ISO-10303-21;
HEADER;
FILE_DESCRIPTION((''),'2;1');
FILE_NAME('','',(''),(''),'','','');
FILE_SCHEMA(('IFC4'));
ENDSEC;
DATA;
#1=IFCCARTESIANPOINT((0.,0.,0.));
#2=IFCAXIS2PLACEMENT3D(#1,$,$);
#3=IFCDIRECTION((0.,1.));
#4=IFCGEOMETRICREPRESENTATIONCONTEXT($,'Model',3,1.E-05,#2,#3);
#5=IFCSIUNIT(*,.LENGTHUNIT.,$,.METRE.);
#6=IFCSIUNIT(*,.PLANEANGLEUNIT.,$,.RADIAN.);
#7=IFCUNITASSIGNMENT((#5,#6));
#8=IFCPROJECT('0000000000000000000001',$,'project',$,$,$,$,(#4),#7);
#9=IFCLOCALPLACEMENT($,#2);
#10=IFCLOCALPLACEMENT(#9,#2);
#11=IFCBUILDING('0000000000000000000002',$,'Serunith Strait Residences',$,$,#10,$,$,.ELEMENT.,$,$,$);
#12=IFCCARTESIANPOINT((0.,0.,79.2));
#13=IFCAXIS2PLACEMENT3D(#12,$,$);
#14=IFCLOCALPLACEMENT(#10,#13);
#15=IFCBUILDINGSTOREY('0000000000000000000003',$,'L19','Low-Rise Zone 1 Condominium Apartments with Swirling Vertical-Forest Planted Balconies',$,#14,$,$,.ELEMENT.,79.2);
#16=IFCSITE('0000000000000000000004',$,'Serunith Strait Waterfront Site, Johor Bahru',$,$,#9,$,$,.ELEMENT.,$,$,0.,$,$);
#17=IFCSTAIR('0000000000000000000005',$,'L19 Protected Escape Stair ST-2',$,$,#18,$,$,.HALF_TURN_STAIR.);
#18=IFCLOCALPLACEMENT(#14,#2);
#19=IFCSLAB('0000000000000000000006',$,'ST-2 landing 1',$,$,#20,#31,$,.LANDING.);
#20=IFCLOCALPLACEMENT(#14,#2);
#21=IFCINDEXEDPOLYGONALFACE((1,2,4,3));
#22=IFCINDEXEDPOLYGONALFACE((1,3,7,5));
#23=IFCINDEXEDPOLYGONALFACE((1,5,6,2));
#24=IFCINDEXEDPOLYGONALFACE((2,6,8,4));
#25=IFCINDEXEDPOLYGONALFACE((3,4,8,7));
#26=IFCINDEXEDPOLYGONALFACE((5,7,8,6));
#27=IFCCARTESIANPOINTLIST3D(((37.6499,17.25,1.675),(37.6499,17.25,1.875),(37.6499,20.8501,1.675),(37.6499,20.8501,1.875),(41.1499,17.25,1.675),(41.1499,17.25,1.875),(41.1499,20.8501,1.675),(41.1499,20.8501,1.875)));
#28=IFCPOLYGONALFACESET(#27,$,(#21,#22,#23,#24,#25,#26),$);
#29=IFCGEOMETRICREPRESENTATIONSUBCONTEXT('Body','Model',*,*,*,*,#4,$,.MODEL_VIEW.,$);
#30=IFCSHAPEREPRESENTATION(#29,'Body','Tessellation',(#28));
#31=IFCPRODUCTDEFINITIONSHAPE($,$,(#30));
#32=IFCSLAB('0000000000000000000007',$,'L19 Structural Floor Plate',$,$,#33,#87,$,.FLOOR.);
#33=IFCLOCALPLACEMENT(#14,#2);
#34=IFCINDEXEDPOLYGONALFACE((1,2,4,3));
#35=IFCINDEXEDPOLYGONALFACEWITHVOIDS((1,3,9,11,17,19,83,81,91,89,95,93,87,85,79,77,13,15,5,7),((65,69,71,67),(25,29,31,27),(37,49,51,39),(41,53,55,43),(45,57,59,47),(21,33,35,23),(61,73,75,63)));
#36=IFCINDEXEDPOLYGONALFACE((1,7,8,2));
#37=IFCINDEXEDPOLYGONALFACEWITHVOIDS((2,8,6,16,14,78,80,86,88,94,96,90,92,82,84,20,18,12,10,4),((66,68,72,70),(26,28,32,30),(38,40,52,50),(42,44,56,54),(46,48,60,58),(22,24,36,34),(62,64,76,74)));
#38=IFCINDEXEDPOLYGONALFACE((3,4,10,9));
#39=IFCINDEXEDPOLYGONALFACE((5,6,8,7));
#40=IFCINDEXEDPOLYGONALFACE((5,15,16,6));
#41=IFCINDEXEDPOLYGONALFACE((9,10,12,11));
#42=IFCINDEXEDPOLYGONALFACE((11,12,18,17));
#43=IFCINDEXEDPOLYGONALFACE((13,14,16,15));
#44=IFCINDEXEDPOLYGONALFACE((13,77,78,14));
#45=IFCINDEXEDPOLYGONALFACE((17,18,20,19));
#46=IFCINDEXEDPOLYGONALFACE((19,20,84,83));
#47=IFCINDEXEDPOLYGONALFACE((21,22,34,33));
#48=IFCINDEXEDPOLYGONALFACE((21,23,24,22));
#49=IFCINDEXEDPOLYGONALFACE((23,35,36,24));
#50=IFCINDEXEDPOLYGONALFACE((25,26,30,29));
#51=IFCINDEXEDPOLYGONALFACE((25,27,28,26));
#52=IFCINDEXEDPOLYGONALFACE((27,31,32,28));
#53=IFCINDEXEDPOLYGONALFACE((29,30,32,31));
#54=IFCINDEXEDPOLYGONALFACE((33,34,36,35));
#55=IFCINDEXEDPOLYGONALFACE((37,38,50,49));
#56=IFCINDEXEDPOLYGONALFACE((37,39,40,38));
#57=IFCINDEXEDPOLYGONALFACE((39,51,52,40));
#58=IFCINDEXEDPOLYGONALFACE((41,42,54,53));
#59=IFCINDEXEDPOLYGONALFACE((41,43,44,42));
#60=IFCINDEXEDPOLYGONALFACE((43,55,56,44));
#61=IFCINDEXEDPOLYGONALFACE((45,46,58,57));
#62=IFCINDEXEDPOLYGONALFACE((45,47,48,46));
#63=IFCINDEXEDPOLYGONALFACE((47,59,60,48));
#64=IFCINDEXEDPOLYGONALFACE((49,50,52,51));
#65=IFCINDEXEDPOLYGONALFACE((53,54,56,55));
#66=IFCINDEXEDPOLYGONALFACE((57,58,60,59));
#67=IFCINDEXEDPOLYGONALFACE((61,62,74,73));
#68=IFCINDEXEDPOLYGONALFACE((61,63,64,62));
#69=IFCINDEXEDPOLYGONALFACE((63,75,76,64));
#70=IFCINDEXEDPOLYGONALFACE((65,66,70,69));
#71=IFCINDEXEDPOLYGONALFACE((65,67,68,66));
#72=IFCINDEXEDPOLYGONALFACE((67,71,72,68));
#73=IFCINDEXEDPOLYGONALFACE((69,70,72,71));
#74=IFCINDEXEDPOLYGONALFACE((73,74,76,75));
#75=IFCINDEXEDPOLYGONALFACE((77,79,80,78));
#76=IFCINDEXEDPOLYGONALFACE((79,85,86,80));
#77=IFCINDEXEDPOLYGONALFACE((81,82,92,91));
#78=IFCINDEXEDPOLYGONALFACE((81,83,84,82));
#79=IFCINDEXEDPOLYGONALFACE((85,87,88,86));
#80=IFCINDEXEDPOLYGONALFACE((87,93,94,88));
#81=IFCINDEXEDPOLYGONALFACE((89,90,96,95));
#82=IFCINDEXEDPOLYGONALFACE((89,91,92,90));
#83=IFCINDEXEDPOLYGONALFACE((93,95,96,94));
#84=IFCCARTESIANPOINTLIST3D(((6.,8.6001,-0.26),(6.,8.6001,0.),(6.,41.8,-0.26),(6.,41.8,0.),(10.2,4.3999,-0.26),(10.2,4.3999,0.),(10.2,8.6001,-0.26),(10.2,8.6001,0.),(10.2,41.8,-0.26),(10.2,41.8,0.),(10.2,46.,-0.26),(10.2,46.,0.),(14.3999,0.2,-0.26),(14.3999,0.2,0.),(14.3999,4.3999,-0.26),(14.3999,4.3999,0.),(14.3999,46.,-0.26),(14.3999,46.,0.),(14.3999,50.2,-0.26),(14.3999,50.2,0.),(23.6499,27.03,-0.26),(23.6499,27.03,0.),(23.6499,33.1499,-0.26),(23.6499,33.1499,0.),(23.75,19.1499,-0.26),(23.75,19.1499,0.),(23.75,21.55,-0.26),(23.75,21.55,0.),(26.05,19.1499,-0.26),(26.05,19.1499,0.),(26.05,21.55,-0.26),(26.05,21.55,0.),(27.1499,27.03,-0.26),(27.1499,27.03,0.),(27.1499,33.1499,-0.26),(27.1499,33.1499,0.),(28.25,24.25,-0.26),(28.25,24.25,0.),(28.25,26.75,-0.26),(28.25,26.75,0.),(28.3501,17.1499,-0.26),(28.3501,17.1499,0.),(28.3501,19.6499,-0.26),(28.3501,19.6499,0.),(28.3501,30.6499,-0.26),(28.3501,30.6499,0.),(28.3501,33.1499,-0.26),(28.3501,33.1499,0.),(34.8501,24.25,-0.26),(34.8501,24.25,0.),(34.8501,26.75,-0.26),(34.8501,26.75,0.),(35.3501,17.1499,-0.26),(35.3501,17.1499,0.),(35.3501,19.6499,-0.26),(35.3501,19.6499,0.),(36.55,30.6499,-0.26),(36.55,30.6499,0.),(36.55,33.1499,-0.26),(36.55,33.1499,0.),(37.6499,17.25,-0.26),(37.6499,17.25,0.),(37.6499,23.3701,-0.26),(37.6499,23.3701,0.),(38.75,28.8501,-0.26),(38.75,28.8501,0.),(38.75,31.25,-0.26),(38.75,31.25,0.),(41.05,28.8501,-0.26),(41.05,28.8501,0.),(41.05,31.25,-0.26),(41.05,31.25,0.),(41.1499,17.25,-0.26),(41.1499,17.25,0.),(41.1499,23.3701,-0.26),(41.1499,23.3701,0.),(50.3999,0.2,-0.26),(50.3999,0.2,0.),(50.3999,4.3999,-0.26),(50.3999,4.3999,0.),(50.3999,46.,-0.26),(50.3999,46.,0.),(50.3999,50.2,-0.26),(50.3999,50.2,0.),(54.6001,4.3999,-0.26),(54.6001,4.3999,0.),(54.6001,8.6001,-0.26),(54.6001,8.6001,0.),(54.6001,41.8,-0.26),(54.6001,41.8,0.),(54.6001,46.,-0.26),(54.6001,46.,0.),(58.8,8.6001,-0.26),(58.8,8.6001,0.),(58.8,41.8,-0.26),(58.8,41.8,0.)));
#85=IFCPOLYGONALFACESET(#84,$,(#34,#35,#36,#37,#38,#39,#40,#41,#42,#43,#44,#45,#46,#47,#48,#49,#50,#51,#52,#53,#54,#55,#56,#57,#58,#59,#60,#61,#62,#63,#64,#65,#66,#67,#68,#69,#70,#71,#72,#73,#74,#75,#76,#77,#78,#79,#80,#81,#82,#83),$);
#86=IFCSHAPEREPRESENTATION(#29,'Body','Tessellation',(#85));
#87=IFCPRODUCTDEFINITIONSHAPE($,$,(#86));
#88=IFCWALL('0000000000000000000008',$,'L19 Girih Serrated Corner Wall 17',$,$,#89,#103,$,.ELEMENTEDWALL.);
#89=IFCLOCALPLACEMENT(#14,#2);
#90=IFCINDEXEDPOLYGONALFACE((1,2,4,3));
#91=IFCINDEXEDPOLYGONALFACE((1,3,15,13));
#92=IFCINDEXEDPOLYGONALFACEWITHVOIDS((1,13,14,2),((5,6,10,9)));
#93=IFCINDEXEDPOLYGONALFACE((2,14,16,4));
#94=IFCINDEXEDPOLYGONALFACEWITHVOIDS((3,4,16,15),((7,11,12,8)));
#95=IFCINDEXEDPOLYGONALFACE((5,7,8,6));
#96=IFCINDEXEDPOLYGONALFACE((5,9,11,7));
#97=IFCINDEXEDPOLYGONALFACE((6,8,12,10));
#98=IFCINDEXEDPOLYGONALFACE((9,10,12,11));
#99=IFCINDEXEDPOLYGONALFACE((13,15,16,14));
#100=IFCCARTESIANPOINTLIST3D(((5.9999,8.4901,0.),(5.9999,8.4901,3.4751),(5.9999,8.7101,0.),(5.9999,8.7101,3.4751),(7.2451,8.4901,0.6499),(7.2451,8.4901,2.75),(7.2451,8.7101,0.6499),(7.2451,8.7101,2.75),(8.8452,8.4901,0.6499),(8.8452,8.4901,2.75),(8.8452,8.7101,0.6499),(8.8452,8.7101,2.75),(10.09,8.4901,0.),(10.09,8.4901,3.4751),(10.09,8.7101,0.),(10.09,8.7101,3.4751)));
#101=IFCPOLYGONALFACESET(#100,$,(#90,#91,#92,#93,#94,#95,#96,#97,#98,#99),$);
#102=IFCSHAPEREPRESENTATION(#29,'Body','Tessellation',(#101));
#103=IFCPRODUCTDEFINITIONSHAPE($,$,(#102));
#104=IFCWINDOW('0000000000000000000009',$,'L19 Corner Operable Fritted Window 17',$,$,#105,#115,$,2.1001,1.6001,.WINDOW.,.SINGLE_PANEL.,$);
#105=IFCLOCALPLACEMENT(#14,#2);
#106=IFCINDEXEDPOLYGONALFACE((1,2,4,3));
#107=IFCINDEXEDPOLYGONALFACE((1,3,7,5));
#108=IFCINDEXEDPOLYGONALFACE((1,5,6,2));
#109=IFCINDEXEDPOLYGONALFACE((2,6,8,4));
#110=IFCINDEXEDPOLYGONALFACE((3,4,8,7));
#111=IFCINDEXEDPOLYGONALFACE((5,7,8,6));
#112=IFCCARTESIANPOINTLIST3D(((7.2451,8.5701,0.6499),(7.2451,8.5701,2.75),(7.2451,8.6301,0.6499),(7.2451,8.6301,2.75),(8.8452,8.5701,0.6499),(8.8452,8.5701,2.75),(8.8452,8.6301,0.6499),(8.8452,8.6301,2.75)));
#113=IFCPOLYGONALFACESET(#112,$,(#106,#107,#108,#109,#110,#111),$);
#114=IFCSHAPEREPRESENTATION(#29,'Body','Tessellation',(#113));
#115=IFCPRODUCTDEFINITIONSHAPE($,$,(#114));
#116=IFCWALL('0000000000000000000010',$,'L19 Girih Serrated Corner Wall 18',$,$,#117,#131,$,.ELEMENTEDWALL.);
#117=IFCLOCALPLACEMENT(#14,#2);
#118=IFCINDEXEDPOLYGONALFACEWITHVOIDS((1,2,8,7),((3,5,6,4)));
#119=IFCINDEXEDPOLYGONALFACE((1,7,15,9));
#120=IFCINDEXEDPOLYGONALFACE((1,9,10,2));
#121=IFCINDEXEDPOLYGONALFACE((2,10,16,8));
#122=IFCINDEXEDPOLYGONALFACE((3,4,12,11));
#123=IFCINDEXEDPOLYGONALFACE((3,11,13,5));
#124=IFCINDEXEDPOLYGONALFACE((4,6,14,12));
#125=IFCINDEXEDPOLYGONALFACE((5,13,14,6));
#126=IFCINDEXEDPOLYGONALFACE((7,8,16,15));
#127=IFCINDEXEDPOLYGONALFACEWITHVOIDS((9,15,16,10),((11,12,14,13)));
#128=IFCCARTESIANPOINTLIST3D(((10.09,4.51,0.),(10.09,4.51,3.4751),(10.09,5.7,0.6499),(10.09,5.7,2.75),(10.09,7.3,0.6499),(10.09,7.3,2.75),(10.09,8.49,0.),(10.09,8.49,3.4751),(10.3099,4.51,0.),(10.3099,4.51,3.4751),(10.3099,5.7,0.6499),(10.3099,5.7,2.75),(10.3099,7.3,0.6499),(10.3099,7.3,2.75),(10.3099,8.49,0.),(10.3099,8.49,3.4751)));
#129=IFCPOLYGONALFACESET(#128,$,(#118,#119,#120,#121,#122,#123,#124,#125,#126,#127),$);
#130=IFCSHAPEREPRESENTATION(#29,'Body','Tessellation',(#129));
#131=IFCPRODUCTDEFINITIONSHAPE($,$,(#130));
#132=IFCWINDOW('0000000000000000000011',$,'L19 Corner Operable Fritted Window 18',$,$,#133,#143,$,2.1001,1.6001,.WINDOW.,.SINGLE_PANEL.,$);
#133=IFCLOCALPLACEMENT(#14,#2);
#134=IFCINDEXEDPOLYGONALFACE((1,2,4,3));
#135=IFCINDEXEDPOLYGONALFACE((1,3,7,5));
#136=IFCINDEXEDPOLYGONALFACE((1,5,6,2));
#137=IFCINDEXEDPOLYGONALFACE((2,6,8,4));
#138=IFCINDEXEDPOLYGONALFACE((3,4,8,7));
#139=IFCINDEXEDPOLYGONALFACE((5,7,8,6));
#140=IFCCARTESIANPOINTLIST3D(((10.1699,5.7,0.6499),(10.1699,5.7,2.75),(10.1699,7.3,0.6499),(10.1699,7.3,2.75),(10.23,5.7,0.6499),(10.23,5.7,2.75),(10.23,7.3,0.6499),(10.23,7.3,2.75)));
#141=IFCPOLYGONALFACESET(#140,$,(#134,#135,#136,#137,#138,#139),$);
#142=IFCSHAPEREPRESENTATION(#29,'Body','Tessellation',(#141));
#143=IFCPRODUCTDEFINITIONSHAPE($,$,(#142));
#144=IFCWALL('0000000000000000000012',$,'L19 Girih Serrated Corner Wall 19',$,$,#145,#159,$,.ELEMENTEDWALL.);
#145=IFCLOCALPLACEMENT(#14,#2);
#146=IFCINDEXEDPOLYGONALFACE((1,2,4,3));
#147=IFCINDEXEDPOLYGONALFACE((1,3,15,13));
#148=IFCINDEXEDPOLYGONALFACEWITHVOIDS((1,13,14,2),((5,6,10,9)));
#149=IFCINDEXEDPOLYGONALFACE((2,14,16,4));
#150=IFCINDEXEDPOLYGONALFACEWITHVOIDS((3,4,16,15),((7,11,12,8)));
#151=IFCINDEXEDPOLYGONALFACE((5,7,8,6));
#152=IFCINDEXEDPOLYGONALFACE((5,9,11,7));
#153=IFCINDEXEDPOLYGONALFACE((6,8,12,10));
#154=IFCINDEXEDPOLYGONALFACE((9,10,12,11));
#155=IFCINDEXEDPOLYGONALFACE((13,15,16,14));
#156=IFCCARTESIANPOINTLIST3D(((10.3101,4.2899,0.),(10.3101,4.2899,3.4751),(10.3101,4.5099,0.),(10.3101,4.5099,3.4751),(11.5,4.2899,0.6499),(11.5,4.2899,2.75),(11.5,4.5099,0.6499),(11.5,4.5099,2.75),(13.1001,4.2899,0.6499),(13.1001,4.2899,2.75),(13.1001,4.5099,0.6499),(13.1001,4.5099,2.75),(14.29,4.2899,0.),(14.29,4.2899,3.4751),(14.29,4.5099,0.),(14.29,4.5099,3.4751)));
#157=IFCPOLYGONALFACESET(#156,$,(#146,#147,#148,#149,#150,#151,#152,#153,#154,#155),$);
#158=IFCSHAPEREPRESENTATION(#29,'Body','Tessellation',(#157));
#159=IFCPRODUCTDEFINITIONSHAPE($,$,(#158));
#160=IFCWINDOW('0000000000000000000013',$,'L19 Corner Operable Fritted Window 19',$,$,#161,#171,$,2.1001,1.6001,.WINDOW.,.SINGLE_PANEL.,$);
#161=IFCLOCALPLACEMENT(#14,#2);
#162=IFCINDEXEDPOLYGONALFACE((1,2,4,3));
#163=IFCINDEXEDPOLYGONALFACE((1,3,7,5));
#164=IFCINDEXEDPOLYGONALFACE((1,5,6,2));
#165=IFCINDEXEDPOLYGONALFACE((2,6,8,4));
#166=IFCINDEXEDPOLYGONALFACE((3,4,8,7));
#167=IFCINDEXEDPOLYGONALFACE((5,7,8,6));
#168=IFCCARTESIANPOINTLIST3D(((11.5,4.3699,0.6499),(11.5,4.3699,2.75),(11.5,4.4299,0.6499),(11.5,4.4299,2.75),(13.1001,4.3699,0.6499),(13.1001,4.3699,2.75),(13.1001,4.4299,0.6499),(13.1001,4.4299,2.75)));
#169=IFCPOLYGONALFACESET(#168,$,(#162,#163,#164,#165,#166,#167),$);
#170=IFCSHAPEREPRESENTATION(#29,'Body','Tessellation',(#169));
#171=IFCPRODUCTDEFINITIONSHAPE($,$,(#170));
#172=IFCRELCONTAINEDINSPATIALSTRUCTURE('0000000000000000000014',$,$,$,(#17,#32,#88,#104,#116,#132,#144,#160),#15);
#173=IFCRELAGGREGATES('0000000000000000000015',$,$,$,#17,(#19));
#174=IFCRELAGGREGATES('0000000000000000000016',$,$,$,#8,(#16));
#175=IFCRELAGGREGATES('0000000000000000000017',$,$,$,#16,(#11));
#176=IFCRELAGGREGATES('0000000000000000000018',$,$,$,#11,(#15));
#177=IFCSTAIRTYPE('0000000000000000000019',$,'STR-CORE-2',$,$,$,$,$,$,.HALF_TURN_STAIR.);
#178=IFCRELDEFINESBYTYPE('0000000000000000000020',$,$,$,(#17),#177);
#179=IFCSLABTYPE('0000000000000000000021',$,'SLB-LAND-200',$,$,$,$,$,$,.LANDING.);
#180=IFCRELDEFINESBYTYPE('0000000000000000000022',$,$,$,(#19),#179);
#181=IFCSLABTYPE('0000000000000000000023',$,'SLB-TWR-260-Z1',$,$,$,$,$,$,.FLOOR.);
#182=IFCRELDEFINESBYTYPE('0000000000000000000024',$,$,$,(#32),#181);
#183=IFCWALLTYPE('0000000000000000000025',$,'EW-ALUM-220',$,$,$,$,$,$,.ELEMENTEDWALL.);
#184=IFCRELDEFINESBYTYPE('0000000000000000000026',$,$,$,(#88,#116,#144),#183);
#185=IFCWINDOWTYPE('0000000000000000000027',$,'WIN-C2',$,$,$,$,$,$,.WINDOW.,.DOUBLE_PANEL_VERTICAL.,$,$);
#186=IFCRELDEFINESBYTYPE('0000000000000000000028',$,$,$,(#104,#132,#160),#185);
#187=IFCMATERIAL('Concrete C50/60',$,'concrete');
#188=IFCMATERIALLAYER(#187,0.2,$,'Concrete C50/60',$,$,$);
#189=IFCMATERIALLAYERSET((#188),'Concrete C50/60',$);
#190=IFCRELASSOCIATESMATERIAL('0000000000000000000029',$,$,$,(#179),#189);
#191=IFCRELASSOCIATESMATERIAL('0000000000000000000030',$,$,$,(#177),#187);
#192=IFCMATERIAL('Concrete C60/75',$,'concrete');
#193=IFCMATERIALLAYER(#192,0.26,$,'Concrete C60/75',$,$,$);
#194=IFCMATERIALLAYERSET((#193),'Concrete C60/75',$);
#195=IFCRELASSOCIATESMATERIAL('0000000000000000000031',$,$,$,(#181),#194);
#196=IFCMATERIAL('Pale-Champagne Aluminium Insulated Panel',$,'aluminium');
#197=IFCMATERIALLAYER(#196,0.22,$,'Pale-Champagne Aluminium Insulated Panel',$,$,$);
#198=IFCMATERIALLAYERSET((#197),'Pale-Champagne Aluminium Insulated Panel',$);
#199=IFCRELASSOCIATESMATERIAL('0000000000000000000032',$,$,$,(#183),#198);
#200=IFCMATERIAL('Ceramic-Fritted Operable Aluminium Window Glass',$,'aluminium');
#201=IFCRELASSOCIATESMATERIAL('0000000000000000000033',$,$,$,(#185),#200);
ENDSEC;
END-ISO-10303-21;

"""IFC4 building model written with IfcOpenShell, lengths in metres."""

from ifc_helpers import new_model, si_unit, direction, frame, frame_2d, origin, place, context, subcontext, project, spatial, polyline, rectangle, outline, extrude, source, transform, mapped, material, layer, layer_set, type_object, element, fill, aggregate, save


model = new_model("IFC4")

# Units and contexts
model_context = context("Model", 3, precision=1e-05, world=origin(), true_north=direction((0.0, 1.0)))
body_context = subcontext(model_context, "Body", "Model", "MODEL_VIEW")
ifc_project = project(units=[si_unit("LENGTHUNIT", "METRE"), si_unit("PLANEANGLEUNIT", "RADIAN")], contexts=[model_context])

# Site, building, storey
site_placement = place(None, origin())
site = spatial("IfcSite", under=ifc_project, at=site_placement, Name="Serunith Strait Waterfront Site, Johor Bahru", CompositionType="ELEMENT", RefElevation=0.0)
building_placement = place(site_placement, origin())
building = spatial("IfcBuilding", under=site, at=building_placement, Name="Serunith Strait Residences", CompositionType="ELEMENT")
storey_placement = place(building_placement, frame((0.0, 0.0, 79.2)))
storey = spatial("IfcBuildingStorey", under=building, at=storey_placement, Name="L19", Description="Low-Rise Zone 1 Condominium Apartments with Swirling Vertical-Forest Planted Balconies", CompositionType="ELEMENT", Elevation=79.2)

# Shared definitions
ifc_material_1 = material(Name="Concrete C50/60", Category="concrete")

# Stair, slab
ifc_layer_1 = layer(ifc_material_1, 0.2, Name="Concrete C50/60")
ifc_layer_set_1 = layer_set([ifc_layer_1], Name="Concrete C50/60")
slab_type_1 = type_object("IfcSlabType", Name="SLB-LAND-200", PredefinedType="LANDING", material=ifc_layer_set_1)
stair_type_1 = type_object("IfcStairType", Name="STR-CORE-2", PredefinedType="HALF_TURN_STAIR", material=ifc_material_1)
stair_1_placement = place(storey_placement, origin())
stair_1 = element("IfcStair", 1, at=stair_1_placement, inside=storey, type_object=stair_type_1, Name="L19 Protected Escape Stair ST-2", PredefinedType="HALF_TURN_STAIR")
slab_1_placement = place(storey_placement, frame((0.0, 0.0, 1.675)))
slab_1 = element("IfcSlab", 2, at=slab_1_placement, type_object=slab_type_1, Name="ST-2 landing 1", PredefinedType="LANDING", context=body_context, shape_type="SweptSolid", body=[
    extrude(outline(polyline([(37.6499, 20.8501), (37.6499, 17.25), (41.1499, 17.25), (41.1499, 20.8501), (37.6499, 20.8501)])), origin(), (0.0, 0.0, 1.0), 0.2),
])
aggregate(stair_1, [slab_1])

# Slab
ifc_material_2 = material(Name="Concrete C60/75", Category="concrete")
ifc_layer_2 = layer(ifc_material_2, 0.26, Name="Concrete C60/75")
ifc_layer_set_2 = layer_set([ifc_layer_2], Name="Concrete C60/75")
slab_type_2 = type_object("IfcSlabType", Name="SLB-TWR-260-Z1", PredefinedType="FLOOR", material=ifc_layer_set_2)
slab_2_placement = place(storey_placement, frame((0.0, 0.0, -0.26)))
element("IfcSlab", 3, at=slab_2_placement, inside=storey, type_object=slab_type_2, Name="L19 Structural Floor Plate", PredefinedType="FLOOR", context=body_context, shape_type="SweptSolid", body=[
    extrude(outline(polyline([(14.3999, 4.3999), (10.2, 4.3999), (10.2, 8.6001), (6.0, 8.6001), (6.0, 41.8), (10.2, 41.8), (10.2, 46.0), (14.3999, 46.0), (14.3999, 50.2), (50.3999, 50.2), (50.3999, 46.0), (54.6001, 46.0), (54.6001, 41.8), (58.8, 41.8), (58.8, 8.6001), (54.6001, 8.6001), (54.6001, 4.3999), (50.3999, 4.3999), (50.3999, 0.2), (14.3999, 0.2), (14.3999, 4.3999)]), holes=[polyline([(41.1499, 17.25), (41.1499, 23.3701), (37.6499, 23.3701), (37.6499, 17.25), (41.1499, 17.25)]), polyline([(41.05, 31.25), (38.75, 31.25), (38.75, 28.8501), (41.05, 28.8501), (41.05, 31.25)]), polyline([(36.55, 33.1499), (28.3501, 33.1499), (28.3501, 30.6499), (36.55, 30.6499), (36.55, 33.1499)]), polyline([(28.3501, 19.6499), (28.3501, 17.1499), (35.3501, 17.1499), (35.3501, 19.6499), (28.3501, 19.6499)]), polyline([(34.8501, 26.75), (28.25, 26.75), (28.25, 24.25), (34.8501, 24.25), (34.8501, 26.75)]), polyline([(23.6499, 33.1499), (23.6499, 27.03), (27.1499, 27.03), (27.1499, 33.1499), (23.6499, 33.1499)]), polyline([(26.05, 21.55), (23.75, 21.55), (23.75, 19.1499), (26.05, 19.1499), (26.05, 21.55)])]), origin(), (0.0, 0.0, 1.0), 0.26),
])

# Walls, openings, windows
ifc_material_3 = material(Name="Pale-Champagne Aluminium Insulated Panel", Category="aluminium")
ifc_layer_3 = layer(ifc_material_3, 0.22, Name="Pale-Champagne Aluminium Insulated Panel")
ifc_layer_set_3 = layer_set([ifc_layer_3], Name="Pale-Champagne Aluminium Insulated Panel")
wall_type_1 = type_object("IfcWallType", Name="EW-ALUM-220", PredefinedType="ELEMENTEDWALL", material=ifc_layer_set_3)
wall_1_placement = place(storey_placement, frame((6.0, 8.6001, 0.0), z_axis=(0.0, 0.0, 1.0), x_axis=(1.0, 0.0, 0.0)))
wall_1 = element("IfcWall", 4, at=wall_1_placement, inside=storey, type_object=wall_type_1, Name="L19 Girih Serrated Corner Wall 17", PredefinedType="ELEMENTEDWALL", context=body_context, shape_type="SweptSolid", body=[
    extrude(rectangle(XDim=4.0901, YDim=0.22, at=frame_2d((2.0449, 0.0))), origin(), (0.0, 0.0, 1.0), 3.4751),
])
opening_1_placement = place(wall_1_placement, frame((1.2451, 0.0, 0.6499)))
opening_1 = element("IfcOpeningElement", 5, at=opening_1_placement, cuts=wall_1, PredefinedType="OPENING", context=body_context, shape_type="SweptSolid", body=[
    extrude(rectangle(XDim=1.6001, YDim=2.1001, at=frame_2d((0.8, 1.05))), frame((0.0, 0.1201, 0.0), z_axis=(0.0, -1.0, 0.0), x_axis=(1.0, 0.0, 0.0)), (0.0, 0.0, 1.0), 0.24),
])
ifc_material_4 = material(Name="Ceramic-Fritted Operable Aluminium Window Glass", Category="aluminium")
window_type = type_object("IfcWindowType", Name="WIN-C2", PartitioningType="DOUBLE_PANEL_VERTICAL", PredefinedType="WINDOW", material=ifc_material_4)
shared_shape_1 = source(origin(), body_context, "Body", "SweptSolid", [
    extrude(rectangle(XDim=1.6001, YDim=2.1001, at=frame_2d((0.8, 1.05))), frame((0.0, 0.03, 0.0), z_axis=(0.0, -1.0, 0.0), x_axis=(1.0, 0.0, 0.0)), (0.0, 0.0, 1.0), 0.0601),
])
window_1_placement = place(opening_1_placement, origin())
window_1 = element("IfcWindow", 6, at=window_1_placement, inside=storey, type_object=window_type, Name="L19 Corner Operable Fritted Window 17", OverallHeight=2.1001, OverallWidth=1.6001, PartitioningType="SINGLE_PANEL", PredefinedType="WINDOW", context=body_context, shape_type="MappedRepresentation", body=[
    mapped(shared_shape_1, transform((0.0, 0.0, 0.0), scale=1.0)),
])
fill(opening_1, window_1)
wall_2_placement = place(storey_placement, frame((10.2, 8.49, 0.0), z_axis=(0.0, 0.0, 1.0), x_axis=(0.0, -1.0, 0.0)))
wall_2 = element("IfcWall", 7, at=wall_2_placement, inside=storey, type_object=wall_type_1, Name="L19 Girih Serrated Corner Wall 18", PredefinedType="ELEMENTEDWALL", context=body_context, shape_type="SweptSolid", body=[
    extrude(rectangle(XDim=3.98, YDim=0.22, at=frame_2d((1.99, 0.0))), origin(), (0.0, 0.0, 1.0), 3.4751),
])
opening_2_placement = place(wall_2_placement, frame((1.1899, 0.0, 0.6499)))
opening_2 = element("IfcOpeningElement", 8, at=opening_2_placement, cuts=wall_2, PredefinedType="OPENING", context=body_context, shape_type="SweptSolid", body=[
    extrude(rectangle(XDim=1.6001, YDim=2.1001, at=frame_2d((0.8, 1.05))), frame((0.0, 0.1201, 0.0), z_axis=(0.0, -1.0, 0.0), x_axis=(1.0, 0.0, 0.0)), (0.0, 0.0, 1.0), 0.24),
])
window_2_placement = place(opening_2_placement, origin())
window_2 = element("IfcWindow", 9, at=window_2_placement, inside=storey, type_object=window_type, Name="L19 Corner Operable Fritted Window 18", OverallHeight=2.1001, OverallWidth=1.6001, PartitioningType="SINGLE_PANEL", PredefinedType="WINDOW", context=body_context, shape_type="MappedRepresentation", body=[
    mapped(shared_shape_1, transform((0.0, 0.0, 0.0), scale=1.0)),
])
fill(opening_2, window_2)
wall_3_placement = place(storey_placement, frame((10.3101, 4.3999, 0.0), z_axis=(0.0, 0.0, 1.0), x_axis=(1.0, 0.0, 0.0)))
wall_3 = element("IfcWall", 10, at=wall_3_placement, inside=storey, type_object=wall_type_1, Name="L19 Girih Serrated Corner Wall 19", PredefinedType="ELEMENTEDWALL", context=body_context, shape_type="SweptSolid", body=[
    extrude(rectangle(XDim=3.98, YDim=0.22, at=frame_2d((1.99, 0.0))), origin(), (0.0, 0.0, 1.0), 3.4751),
])
opening_3_placement = place(wall_3_placement, frame((1.1899, 0.0, 0.6499)))
opening_3 = element("IfcOpeningElement", 11, at=opening_3_placement, cuts=wall_3, PredefinedType="OPENING", context=body_context, shape_type="SweptSolid", body=[
    extrude(rectangle(XDim=1.6001, YDim=2.1001, at=frame_2d((0.8, 1.05))), frame((0.0, 0.1201, 0.0), z_axis=(0.0, -1.0, 0.0), x_axis=(1.0, 0.0, 0.0)), (0.0, 0.0, 1.0), 0.24),
])
window_3_placement = place(opening_3_placement, origin())
window_3 = element("IfcWindow", 12, at=window_3_placement, inside=storey, type_object=window_type, Name="L19 Corner Operable Fritted Window 19", OverallHeight=2.1001, OverallWidth=1.6001, PartitioningType="SINGLE_PANEL", PredefinedType="WINDOW", context=body_context, shape_type="MappedRepresentation", body=[
    mapped(shared_shape_1, transform((0.0, 0.0, 0.0), scale=1.0)),
])
fill(opening_3, window_3)

save(model, "model.ifc")
